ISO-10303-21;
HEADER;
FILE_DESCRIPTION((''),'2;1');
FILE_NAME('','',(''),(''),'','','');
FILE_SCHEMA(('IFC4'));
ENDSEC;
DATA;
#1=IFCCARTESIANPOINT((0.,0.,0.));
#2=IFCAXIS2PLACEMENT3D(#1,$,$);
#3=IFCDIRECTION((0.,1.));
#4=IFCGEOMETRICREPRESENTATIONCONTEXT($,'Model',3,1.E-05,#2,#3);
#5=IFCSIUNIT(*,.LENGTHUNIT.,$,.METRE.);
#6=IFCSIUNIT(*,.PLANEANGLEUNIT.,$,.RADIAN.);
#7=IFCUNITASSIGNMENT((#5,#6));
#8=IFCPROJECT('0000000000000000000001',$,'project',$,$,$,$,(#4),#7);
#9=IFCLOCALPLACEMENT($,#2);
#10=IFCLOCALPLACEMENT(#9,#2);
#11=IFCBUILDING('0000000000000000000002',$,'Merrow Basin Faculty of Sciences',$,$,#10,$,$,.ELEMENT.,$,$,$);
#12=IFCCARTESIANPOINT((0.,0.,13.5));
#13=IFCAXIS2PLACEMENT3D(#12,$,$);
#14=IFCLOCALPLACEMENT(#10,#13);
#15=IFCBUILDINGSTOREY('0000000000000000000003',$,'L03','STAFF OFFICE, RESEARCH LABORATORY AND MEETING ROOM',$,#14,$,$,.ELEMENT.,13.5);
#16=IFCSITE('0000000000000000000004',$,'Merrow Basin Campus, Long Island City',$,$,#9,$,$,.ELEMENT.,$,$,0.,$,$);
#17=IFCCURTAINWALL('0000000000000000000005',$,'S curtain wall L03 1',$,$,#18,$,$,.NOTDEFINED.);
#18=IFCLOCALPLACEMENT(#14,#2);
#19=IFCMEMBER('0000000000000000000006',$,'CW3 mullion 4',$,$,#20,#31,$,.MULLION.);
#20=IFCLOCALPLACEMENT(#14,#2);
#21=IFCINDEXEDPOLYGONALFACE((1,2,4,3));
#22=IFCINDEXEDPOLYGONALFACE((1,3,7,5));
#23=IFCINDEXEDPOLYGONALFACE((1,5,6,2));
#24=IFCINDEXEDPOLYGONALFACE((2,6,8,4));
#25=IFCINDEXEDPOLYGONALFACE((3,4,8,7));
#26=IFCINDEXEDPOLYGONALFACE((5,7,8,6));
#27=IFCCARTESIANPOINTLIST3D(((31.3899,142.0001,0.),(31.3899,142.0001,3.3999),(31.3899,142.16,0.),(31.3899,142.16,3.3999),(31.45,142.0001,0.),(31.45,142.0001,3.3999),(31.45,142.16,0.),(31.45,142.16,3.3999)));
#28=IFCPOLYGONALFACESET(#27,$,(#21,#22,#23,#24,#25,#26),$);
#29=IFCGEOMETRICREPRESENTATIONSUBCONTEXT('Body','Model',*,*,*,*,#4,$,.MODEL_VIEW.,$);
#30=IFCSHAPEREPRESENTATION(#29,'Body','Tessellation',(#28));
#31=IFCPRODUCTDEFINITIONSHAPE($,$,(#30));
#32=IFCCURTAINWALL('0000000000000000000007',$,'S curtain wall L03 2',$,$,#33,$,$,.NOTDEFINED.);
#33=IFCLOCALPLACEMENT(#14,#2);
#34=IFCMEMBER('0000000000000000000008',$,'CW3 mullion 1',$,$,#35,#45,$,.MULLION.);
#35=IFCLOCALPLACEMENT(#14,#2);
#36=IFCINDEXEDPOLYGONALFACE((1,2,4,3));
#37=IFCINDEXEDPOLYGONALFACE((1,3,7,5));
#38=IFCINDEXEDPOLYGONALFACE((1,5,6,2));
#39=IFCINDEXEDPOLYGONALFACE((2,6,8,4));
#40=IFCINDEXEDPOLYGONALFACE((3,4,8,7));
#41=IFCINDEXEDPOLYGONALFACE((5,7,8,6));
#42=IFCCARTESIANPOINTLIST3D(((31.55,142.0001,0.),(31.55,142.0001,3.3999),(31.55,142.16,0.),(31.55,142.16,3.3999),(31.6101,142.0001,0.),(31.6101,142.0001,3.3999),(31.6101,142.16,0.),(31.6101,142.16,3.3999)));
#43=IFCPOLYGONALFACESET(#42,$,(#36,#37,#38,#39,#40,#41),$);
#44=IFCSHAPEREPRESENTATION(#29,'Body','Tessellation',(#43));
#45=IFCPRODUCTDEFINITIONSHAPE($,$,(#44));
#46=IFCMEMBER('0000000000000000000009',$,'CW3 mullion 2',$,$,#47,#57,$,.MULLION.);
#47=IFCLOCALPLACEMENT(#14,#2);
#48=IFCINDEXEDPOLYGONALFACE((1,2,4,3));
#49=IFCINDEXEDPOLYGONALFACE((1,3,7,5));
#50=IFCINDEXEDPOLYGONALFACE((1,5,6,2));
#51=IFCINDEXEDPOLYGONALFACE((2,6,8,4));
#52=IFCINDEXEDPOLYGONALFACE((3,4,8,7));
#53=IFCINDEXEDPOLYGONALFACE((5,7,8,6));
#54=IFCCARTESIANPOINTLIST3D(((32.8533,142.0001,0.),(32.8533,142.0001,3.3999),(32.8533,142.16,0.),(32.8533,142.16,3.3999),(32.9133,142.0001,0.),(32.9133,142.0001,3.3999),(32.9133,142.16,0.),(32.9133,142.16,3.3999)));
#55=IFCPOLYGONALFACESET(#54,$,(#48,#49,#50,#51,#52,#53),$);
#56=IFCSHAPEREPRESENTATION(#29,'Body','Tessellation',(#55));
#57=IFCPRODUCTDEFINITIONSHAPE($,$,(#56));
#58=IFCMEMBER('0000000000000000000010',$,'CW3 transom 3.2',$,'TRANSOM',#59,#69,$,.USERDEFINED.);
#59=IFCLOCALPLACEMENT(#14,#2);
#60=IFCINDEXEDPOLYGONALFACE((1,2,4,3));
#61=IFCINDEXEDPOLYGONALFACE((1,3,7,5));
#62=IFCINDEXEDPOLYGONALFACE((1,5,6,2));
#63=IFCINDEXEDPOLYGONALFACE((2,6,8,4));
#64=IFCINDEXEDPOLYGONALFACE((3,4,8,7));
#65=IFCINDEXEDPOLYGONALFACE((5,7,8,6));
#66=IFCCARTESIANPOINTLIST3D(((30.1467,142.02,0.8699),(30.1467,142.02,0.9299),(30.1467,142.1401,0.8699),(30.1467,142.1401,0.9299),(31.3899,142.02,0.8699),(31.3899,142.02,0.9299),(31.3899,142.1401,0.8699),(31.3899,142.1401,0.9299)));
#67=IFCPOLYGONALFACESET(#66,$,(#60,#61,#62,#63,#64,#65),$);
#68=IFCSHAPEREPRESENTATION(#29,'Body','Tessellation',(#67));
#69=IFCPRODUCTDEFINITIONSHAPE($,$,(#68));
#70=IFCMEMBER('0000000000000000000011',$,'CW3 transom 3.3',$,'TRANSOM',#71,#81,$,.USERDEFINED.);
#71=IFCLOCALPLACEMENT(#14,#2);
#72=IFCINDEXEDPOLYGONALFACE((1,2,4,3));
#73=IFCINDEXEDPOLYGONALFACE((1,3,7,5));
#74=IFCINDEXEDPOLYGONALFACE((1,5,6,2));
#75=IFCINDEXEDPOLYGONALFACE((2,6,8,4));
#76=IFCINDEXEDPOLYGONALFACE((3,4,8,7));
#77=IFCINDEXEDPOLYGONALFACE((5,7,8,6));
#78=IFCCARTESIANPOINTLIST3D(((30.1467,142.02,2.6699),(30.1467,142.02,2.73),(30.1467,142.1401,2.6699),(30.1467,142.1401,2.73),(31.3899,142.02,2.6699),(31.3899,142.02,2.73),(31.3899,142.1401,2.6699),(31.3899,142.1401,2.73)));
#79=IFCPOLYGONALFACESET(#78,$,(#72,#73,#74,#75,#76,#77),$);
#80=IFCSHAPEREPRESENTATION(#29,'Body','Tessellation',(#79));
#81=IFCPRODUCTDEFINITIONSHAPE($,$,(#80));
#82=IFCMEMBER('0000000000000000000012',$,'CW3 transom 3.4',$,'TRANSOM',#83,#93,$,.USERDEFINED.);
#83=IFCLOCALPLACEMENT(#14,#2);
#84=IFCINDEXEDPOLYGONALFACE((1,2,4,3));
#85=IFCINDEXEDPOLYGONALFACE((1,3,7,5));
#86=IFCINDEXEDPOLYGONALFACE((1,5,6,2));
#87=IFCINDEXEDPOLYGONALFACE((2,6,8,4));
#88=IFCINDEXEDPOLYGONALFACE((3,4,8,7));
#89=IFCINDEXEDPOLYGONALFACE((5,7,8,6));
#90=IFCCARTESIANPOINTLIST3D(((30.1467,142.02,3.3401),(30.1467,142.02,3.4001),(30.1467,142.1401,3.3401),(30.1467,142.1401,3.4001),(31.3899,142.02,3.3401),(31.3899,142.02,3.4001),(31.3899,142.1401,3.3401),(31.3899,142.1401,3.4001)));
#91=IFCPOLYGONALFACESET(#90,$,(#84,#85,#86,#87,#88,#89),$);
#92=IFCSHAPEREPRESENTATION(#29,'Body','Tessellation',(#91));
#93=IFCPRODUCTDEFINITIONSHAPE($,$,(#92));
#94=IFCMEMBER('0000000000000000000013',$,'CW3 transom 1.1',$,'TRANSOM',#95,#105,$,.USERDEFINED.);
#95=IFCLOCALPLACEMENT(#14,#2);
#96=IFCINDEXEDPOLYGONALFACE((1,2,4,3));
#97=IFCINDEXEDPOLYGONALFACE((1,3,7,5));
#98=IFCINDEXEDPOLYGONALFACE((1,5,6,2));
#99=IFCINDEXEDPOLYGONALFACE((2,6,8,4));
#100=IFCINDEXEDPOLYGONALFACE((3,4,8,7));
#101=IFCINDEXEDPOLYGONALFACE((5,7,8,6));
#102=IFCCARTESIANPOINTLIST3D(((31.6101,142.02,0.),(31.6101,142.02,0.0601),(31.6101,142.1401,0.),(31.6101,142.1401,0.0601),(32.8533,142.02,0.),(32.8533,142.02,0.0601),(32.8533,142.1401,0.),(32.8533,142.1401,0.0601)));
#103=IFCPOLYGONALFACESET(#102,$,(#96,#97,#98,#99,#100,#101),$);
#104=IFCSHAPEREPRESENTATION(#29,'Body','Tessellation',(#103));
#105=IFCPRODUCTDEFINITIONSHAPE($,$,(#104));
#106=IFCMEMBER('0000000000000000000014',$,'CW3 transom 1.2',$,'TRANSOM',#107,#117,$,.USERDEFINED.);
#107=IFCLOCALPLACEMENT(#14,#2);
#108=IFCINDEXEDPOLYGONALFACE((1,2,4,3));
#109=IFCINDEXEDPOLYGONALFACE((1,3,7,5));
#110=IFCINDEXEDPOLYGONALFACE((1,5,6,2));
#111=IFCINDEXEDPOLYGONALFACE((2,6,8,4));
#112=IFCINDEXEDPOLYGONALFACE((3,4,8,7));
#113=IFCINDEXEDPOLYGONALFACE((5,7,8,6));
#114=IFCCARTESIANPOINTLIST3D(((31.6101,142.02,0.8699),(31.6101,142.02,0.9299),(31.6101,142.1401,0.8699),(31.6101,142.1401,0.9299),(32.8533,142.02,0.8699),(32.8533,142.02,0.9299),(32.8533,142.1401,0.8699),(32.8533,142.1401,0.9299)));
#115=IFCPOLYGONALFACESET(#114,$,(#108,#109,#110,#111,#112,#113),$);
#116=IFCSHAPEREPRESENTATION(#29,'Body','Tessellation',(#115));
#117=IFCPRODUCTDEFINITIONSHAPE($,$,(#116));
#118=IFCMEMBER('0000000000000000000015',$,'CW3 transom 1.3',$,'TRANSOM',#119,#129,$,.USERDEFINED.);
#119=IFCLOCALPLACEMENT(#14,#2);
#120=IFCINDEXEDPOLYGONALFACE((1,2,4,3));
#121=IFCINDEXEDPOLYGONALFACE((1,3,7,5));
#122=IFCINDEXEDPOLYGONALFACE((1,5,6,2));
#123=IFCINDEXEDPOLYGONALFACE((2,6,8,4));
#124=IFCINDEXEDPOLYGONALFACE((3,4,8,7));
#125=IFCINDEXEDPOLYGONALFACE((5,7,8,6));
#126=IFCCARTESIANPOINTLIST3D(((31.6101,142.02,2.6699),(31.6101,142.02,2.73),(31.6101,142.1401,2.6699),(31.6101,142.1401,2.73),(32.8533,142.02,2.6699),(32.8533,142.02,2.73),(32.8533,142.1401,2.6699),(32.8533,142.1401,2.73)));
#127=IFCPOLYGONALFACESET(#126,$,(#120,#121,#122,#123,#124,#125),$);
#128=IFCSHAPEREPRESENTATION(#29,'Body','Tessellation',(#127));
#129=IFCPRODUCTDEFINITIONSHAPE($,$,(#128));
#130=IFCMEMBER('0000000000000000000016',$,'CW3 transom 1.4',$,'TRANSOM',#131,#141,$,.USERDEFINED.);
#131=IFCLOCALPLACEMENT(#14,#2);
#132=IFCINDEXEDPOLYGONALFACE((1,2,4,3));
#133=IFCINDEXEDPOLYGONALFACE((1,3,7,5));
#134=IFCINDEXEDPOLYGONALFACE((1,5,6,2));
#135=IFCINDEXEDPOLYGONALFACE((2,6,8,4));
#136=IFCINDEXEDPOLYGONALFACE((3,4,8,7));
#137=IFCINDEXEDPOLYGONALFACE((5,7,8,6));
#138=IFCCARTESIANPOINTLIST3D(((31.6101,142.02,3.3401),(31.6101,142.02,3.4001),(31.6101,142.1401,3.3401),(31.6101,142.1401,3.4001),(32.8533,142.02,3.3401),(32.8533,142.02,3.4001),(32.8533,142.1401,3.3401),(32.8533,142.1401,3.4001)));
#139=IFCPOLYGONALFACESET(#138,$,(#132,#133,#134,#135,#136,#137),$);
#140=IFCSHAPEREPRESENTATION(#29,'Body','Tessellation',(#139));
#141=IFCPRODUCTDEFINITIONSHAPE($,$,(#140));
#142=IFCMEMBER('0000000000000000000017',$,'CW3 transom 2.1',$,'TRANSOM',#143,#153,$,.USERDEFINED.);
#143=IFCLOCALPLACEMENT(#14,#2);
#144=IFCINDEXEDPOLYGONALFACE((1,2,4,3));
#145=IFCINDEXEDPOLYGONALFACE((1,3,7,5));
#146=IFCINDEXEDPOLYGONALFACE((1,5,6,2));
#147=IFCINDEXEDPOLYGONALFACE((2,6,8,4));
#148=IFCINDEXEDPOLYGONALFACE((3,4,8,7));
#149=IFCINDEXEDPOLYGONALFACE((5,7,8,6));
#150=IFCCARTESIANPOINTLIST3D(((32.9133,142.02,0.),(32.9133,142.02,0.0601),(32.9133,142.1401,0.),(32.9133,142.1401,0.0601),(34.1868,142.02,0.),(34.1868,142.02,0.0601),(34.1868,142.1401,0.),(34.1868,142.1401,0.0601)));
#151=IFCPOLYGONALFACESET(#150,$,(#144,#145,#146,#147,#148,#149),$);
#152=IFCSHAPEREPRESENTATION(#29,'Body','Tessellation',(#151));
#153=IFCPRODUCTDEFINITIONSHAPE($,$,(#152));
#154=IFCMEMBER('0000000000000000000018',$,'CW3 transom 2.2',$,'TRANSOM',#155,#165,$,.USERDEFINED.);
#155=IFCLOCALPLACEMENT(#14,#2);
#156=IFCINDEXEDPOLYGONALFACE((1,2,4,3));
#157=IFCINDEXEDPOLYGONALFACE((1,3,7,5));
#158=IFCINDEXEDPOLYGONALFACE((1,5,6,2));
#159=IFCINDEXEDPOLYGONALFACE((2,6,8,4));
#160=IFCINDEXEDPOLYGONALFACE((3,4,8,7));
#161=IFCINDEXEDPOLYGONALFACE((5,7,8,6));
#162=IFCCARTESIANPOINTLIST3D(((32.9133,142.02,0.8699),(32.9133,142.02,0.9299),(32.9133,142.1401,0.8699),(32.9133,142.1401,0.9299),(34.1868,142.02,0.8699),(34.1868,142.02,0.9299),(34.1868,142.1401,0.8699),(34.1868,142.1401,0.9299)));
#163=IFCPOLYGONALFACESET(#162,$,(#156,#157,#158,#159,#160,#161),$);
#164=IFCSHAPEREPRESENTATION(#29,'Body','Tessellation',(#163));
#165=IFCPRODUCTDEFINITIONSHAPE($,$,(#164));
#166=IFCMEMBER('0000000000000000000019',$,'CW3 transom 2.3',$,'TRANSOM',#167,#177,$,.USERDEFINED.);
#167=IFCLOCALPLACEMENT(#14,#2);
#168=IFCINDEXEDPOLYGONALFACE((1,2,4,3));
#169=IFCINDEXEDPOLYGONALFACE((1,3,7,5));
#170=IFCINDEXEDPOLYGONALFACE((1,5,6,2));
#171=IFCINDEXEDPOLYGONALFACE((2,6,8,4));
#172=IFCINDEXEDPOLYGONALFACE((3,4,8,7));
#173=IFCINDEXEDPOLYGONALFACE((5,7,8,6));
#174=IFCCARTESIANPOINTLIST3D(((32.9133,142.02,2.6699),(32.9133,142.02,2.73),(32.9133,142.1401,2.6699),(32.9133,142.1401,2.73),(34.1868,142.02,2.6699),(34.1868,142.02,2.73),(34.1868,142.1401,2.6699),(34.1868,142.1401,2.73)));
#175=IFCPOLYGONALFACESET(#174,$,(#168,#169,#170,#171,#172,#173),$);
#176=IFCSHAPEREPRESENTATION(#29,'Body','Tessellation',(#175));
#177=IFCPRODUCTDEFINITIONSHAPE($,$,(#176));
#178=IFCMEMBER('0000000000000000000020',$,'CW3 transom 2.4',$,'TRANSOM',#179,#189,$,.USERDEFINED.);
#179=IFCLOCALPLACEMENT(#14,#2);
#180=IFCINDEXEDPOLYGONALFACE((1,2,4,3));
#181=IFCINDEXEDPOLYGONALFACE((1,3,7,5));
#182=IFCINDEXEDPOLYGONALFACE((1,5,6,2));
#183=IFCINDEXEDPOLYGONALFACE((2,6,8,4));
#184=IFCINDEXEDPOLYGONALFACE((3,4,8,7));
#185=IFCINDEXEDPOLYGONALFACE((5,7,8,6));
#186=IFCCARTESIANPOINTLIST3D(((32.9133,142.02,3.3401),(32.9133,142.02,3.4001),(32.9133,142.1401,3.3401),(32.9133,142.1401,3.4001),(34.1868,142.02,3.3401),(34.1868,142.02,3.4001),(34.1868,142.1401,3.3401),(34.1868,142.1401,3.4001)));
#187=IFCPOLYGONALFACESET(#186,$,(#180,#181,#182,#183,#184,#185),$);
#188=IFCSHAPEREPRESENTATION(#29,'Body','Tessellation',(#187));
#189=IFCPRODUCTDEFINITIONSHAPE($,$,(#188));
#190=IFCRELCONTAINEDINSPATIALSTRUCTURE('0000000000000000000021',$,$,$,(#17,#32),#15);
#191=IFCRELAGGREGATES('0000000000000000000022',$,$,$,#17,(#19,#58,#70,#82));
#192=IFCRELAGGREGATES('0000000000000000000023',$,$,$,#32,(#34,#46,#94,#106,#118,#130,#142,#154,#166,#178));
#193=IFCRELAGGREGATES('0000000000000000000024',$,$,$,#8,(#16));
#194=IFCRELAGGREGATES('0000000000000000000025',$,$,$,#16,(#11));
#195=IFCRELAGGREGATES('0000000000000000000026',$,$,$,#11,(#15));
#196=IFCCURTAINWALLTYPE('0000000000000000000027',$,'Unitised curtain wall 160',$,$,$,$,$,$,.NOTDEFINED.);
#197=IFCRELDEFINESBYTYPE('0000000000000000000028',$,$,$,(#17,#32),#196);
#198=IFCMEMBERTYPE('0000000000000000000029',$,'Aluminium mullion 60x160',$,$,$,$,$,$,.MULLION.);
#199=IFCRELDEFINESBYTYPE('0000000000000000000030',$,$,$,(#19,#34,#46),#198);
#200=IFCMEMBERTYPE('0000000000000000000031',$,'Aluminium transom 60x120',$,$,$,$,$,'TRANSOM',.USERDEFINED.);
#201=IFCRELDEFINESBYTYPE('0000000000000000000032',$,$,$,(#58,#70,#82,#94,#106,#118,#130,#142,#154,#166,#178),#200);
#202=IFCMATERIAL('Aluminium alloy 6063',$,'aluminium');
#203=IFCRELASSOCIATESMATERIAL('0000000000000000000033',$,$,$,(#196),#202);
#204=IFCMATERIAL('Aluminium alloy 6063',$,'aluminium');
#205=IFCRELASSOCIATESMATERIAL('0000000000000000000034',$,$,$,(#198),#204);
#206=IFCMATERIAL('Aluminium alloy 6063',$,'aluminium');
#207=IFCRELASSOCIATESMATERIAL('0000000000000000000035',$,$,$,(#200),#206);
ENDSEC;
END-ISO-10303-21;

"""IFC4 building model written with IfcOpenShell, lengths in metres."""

from ifc_helpers import new_model, si_unit, direction, frame, origin, origin_2d, place, context, subcontext, project, spatial, rectangle, extrude, material, material_profile, profile_set, type_object, element, aggregate, save


model = new_model("IFC4")

# Units and contexts
model_context = context("Model", 3, precision=1e-05, world=origin(), true_north=direction((0.0, 1.0)))
body_context = subcontext(model_context, "Body", "Model", "MODEL_VIEW")
ifc_project = project(units=[si_unit("LENGTHUNIT", "METRE"), si_unit("PLANEANGLEUNIT", "RADIAN")], contexts=[model_context])

# Site, building, storey
site_placement = place(None, origin())
site = spatial("IfcSite", under=ifc_project, at=site_placement, Name="Merrow Basin Campus, Long Island City", CompositionType="ELEMENT", RefElevation=0.0)
building_placement = place(site_placement, origin())
building = spatial("IfcBuilding", under=site, at=building_placement, Name="Merrow Basin Faculty of Sciences", CompositionType="ELEMENT")
storey_placement = place(building_placement, frame((0.0, 0.0, 13.5)))
storey = spatial("IfcBuildingStorey", under=building, at=storey_placement, Name="L03", Description="STAFF OFFICE, RESEARCH LABORATORY AND MEETING ROOM", CompositionType="ELEMENT", Elevation=13.5)

# Curtain wall, member
ifc_material_1 = material(Name="Aluminium alloy 6063", Category="aluminium")
curtain_wall_type = type_object("IfcCurtainWallType", Name="Unitised curtain wall 160", PredefinedType="NOTDEFINED", material=ifc_material_1)
curtain_wall_1_placement = place(storey_placement, origin())
curtain_wall_1 = element("IfcCurtainWall", 1, at=curtain_wall_1_placement, inside=storey, type_object=curtain_wall_type, Name="S curtain wall L03 1", PredefinedType="NOTDEFINED")
ifc_material_2 = material(Name="Aluminium alloy 6063", Category="aluminium")
ifc_material_profile_1 = material_profile(ifc_material_2, rectangle(XDim=0.1599, YDim=0.0601, at=origin_2d()))
ifc_profile_set_1 = profile_set([ifc_material_profile_1], Name="Aluminium alloy 6063")
member_type_1 = type_object("IfcMemberType", Name="Aluminium mullion 60x160", PredefinedType="MULLION", material=ifc_profile_set_1)
member_1_placement = place(storey_placement, frame((31.4199, 142.0801, 0.0), z_axis=(0.0, 0.0, 1.0), x_axis=(0.0, 1.0, 0.0)))
member_1 = element("IfcMember", 2, at=member_1_placement, type_object=member_type_1, Name="CW3 mullion 4", PredefinedType="MULLION", context=body_context, shape_type="SweptSolid", body=[
    extrude(rectangle(XDim=0.1599, YDim=0.0601, at=origin_2d()), origin(), (0.0, 0.0, 1.0), 3.3999),
])

# Curtain wall, members
curtain_wall_2_placement = place(storey_placement, origin())
curtain_wall_2 = element("IfcCurtainWall", 3, at=curtain_wall_2_placement, inside=storey, type_object=curtain_wall_type, Name="S curtain wall L03 2", PredefinedType="NOTDEFINED")
member_2_placement = place(storey_placement, frame((31.5801, 142.0801, 0.0), z_axis=(0.0, 0.0, 1.0), x_axis=(0.0, 1.0, 0.0)))
member_2 = element("IfcMember", 4, at=member_2_placement, type_object=member_type_1, Name="CW3 mullion 1", PredefinedType="MULLION", context=body_context, shape_type="SweptSolid", body=[
    extrude(rectangle(XDim=0.1599, YDim=0.0601, at=origin_2d()), origin(), (0.0, 0.0, 1.0), 3.3999),
])
member_3_placement = place(storey_placement, frame((32.8833, 142.0801, 0.0), z_axis=(0.0, 0.0, 1.0), x_axis=(0.0, 1.0, 0.0)))
member_3 = element("IfcMember", 5, at=member_3_placement, type_object=member_type_1, Name="CW3 mullion 2", PredefinedType="MULLION", context=body_context, shape_type="SweptSolid", body=[
    extrude(rectangle(XDim=0.1599, YDim=0.0601, at=origin_2d()), origin(), (0.0, 0.0, 1.0), 3.3999),
])

# Members
ifc_material_3 = material(Name="Aluminium alloy 6063", Category="aluminium")
ifc_material_profile_2 = material_profile(ifc_material_3, rectangle(XDim=0.1201, YDim=0.0601, at=origin_2d()))
ifc_profile_set_2 = profile_set([ifc_material_profile_2], Name="Aluminium alloy 6063")
member_type_2 = type_object("IfcMemberType", Name="Aluminium transom 60x120", ElementType="TRANSOM", PredefinedType="USERDEFINED", material=ifc_profile_set_2)
member_4_placement = place(storey_placement, frame((30.1467, 142.0801, 0.8999), z_axis=(1.0, 0.0, 0.0), x_axis=(0.0, 1.0, 0.0)))
member_4 = element("IfcMember", 6, at=member_4_placement, type_object=member_type_2, Name="CW3 transom 3.2", ObjectType="TRANSOM", PredefinedType="USERDEFINED", context=body_context, shape_type="SweptSolid", body=[
    extrude(rectangle(XDim=0.1201, YDim=0.0601, at=origin_2d()), origin(), (0.0, 0.0, 1.0), 1.2432),
])
member_5_placement = place(storey_placement, frame((30.1467, 142.0801, 2.7), z_axis=(1.0, 0.0, 0.0), x_axis=(0.0, 1.0, 0.0)))
member_5 = element("IfcMember", 7, at=member_5_placement, type_object=member_type_2, Name="CW3 transom 3.3", ObjectType="TRANSOM", PredefinedType="USERDEFINED", context=body_context, shape_type="SweptSolid", body=[
    extrude(rectangle(XDim=0.1201, YDim=0.0601, at=origin_2d()), origin(), (0.0, 0.0, 1.0), 1.2432),
])
member_6_placement = place(storey_placement, frame((30.1467, 142.0801, 3.3701), z_axis=(1.0, 0.0, 0.0), x_axis=(0.0, 1.0, 0.0)))
member_6 = element("IfcMember", 8, at=member_6_placement, type_object=member_type_2, Name="CW3 transom 3.4", ObjectType="TRANSOM", PredefinedType="USERDEFINED", context=body_context, shape_type="SweptSolid", body=[
    extrude(rectangle(XDim=0.1201, YDim=0.0601, at=origin_2d()), origin(), (0.0, 0.0, 1.0), 1.2432),
])
member_7_placement = place(storey_placement, frame((31.6101, 142.0801, 0.03), z_axis=(1.0, 0.0, 0.0), x_axis=(0.0, 1.0, 0.0)))
member_7 = element("IfcMember", 9, at=member_7_placement, type_object=member_type_2, Name="CW3 transom 1.1", ObjectType="TRANSOM", PredefinedType="USERDEFINED", context=body_context, shape_type="SweptSolid", body=[
    extrude(rectangle(XDim=0.1201, YDim=0.0601, at=origin_2d()), origin(), (0.0, 0.0, 1.0), 1.2432),
])
member_8_placement = place(storey_placement, frame((31.6101, 142.0801, 0.8999), z_axis=(1.0, 0.0, 0.0), x_axis=(0.0, 1.0, 0.0)))
member_8 = element("IfcMember", 10, at=member_8_placement, type_object=member_type_2, Name="CW3 transom 1.2", ObjectType="TRANSOM", PredefinedType="USERDEFINED", context=body_context, shape_type="SweptSolid", body=[
    extrude(rectangle(XDim=0.1201, YDim=0.0601, at=origin_2d()), origin(), (0.0, 0.0, 1.0), 1.2432),
])
member_9_placement = place(storey_placement, frame((31.6101, 142.0801, 2.7), z_axis=(1.0, 0.0, 0.0), x_axis=(0.0, 1.0, 0.0)))
member_9 = element("IfcMember", 11, at=member_9_placement, type_object=member_type_2, Name="CW3 transom 1.3", ObjectType="TRANSOM", PredefinedType="USERDEFINED", context=body_context, shape_type="SweptSolid", body=[
    extrude(rectangle(XDim=0.1201, YDim=0.0601, at=origin_2d()), origin(), (0.0, 0.0, 1.0), 1.2432),
])
member_10_placement = place(storey_placement, frame((31.6101, 142.0801, 3.3701), z_axis=(1.0, 0.0, 0.0), x_axis=(0.0, 1.0, 0.0)))
member_10 = element("IfcMember", 12, at=member_10_placement, type_object=member_type_2, Name="CW3 transom 1.4", ObjectType="TRANSOM", PredefinedType="USERDEFINED", context=body_context, shape_type="SweptSolid", body=[
    extrude(rectangle(XDim=0.1201, YDim=0.0601, at=origin_2d()), origin(), (0.0, 0.0, 1.0), 1.2432),
])
member_11_placement = place(storey_placement, frame((32.9133, 142.0801, 0.03), z_axis=(1.0, 0.0, 0.0), x_axis=(0.0, 1.0, 0.0)))
member_11 = element("IfcMember", 13, at=member_11_placement, type_object=member_type_2, Name="CW3 transom 2.1", ObjectType="TRANSOM", PredefinedType="USERDEFINED", context=body_context, shape_type="SweptSolid", body=[
    extrude(rectangle(XDim=0.1201, YDim=0.0601, at=origin_2d()), origin(), (0.0, 0.0, 1.0), 1.2734),
])
member_12_placement = place(storey_placement, frame((32.9133, 142.0801, 0.8999), z_axis=(1.0, 0.0, 0.0), x_axis=(0.0, 1.0, 0.0)))
member_12 = element("IfcMember", 14, at=member_12_placement, type_object=member_type_2, Name="CW3 transom 2.2", ObjectType="TRANSOM", PredefinedType="USERDEFINED", context=body_context, shape_type="SweptSolid", body=[
    extrude(rectangle(XDim=0.1201, YDim=0.0601, at=origin_2d()), origin(), (0.0, 0.0, 1.0), 1.2734),
])
member_13_placement = place(storey_placement, frame((32.9133, 142.0801, 2.7), z_axis=(1.0, 0.0, 0.0), x_axis=(0.0, 1.0, 0.0)))
member_13 = element("IfcMember", 15, at=member_13_placement, type_object=member_type_2, Name="CW3 transom 2.3", ObjectType="TRANSOM", PredefinedType="USERDEFINED", context=body_context, shape_type="SweptSolid", body=[
    extrude(rectangle(XDim=0.1201, YDim=0.0601, at=origin_2d()), origin(), (0.0, 0.0, 1.0), 1.2734),
])
member_14_placement = place(storey_placement, frame((32.9133, 142.0801, 3.3701), z_axis=(1.0, 0.0, 0.0), x_axis=(0.0, 1.0, 0.0)))
member_14 = element("IfcMember", 16, at=member_14_placement, type_object=member_type_2, Name="CW3 transom 2.4", ObjectType="TRANSOM", PredefinedType="USERDEFINED", context=body_context, shape_type="SweptSolid", body=[
    extrude(rectangle(XDim=0.1201, YDim=0.0601, at=origin_2d()), origin(), (0.0, 0.0, 1.0), 1.2734),
])

aggregate(curtain_wall_1, [member_1, member_4, member_5, member_6])
aggregate(curtain_wall_2, [member_2, member_3, member_7, member_8, member_9, member_10, member_11, member_12, member_13, member_14])

save(model, "model.ifc")
